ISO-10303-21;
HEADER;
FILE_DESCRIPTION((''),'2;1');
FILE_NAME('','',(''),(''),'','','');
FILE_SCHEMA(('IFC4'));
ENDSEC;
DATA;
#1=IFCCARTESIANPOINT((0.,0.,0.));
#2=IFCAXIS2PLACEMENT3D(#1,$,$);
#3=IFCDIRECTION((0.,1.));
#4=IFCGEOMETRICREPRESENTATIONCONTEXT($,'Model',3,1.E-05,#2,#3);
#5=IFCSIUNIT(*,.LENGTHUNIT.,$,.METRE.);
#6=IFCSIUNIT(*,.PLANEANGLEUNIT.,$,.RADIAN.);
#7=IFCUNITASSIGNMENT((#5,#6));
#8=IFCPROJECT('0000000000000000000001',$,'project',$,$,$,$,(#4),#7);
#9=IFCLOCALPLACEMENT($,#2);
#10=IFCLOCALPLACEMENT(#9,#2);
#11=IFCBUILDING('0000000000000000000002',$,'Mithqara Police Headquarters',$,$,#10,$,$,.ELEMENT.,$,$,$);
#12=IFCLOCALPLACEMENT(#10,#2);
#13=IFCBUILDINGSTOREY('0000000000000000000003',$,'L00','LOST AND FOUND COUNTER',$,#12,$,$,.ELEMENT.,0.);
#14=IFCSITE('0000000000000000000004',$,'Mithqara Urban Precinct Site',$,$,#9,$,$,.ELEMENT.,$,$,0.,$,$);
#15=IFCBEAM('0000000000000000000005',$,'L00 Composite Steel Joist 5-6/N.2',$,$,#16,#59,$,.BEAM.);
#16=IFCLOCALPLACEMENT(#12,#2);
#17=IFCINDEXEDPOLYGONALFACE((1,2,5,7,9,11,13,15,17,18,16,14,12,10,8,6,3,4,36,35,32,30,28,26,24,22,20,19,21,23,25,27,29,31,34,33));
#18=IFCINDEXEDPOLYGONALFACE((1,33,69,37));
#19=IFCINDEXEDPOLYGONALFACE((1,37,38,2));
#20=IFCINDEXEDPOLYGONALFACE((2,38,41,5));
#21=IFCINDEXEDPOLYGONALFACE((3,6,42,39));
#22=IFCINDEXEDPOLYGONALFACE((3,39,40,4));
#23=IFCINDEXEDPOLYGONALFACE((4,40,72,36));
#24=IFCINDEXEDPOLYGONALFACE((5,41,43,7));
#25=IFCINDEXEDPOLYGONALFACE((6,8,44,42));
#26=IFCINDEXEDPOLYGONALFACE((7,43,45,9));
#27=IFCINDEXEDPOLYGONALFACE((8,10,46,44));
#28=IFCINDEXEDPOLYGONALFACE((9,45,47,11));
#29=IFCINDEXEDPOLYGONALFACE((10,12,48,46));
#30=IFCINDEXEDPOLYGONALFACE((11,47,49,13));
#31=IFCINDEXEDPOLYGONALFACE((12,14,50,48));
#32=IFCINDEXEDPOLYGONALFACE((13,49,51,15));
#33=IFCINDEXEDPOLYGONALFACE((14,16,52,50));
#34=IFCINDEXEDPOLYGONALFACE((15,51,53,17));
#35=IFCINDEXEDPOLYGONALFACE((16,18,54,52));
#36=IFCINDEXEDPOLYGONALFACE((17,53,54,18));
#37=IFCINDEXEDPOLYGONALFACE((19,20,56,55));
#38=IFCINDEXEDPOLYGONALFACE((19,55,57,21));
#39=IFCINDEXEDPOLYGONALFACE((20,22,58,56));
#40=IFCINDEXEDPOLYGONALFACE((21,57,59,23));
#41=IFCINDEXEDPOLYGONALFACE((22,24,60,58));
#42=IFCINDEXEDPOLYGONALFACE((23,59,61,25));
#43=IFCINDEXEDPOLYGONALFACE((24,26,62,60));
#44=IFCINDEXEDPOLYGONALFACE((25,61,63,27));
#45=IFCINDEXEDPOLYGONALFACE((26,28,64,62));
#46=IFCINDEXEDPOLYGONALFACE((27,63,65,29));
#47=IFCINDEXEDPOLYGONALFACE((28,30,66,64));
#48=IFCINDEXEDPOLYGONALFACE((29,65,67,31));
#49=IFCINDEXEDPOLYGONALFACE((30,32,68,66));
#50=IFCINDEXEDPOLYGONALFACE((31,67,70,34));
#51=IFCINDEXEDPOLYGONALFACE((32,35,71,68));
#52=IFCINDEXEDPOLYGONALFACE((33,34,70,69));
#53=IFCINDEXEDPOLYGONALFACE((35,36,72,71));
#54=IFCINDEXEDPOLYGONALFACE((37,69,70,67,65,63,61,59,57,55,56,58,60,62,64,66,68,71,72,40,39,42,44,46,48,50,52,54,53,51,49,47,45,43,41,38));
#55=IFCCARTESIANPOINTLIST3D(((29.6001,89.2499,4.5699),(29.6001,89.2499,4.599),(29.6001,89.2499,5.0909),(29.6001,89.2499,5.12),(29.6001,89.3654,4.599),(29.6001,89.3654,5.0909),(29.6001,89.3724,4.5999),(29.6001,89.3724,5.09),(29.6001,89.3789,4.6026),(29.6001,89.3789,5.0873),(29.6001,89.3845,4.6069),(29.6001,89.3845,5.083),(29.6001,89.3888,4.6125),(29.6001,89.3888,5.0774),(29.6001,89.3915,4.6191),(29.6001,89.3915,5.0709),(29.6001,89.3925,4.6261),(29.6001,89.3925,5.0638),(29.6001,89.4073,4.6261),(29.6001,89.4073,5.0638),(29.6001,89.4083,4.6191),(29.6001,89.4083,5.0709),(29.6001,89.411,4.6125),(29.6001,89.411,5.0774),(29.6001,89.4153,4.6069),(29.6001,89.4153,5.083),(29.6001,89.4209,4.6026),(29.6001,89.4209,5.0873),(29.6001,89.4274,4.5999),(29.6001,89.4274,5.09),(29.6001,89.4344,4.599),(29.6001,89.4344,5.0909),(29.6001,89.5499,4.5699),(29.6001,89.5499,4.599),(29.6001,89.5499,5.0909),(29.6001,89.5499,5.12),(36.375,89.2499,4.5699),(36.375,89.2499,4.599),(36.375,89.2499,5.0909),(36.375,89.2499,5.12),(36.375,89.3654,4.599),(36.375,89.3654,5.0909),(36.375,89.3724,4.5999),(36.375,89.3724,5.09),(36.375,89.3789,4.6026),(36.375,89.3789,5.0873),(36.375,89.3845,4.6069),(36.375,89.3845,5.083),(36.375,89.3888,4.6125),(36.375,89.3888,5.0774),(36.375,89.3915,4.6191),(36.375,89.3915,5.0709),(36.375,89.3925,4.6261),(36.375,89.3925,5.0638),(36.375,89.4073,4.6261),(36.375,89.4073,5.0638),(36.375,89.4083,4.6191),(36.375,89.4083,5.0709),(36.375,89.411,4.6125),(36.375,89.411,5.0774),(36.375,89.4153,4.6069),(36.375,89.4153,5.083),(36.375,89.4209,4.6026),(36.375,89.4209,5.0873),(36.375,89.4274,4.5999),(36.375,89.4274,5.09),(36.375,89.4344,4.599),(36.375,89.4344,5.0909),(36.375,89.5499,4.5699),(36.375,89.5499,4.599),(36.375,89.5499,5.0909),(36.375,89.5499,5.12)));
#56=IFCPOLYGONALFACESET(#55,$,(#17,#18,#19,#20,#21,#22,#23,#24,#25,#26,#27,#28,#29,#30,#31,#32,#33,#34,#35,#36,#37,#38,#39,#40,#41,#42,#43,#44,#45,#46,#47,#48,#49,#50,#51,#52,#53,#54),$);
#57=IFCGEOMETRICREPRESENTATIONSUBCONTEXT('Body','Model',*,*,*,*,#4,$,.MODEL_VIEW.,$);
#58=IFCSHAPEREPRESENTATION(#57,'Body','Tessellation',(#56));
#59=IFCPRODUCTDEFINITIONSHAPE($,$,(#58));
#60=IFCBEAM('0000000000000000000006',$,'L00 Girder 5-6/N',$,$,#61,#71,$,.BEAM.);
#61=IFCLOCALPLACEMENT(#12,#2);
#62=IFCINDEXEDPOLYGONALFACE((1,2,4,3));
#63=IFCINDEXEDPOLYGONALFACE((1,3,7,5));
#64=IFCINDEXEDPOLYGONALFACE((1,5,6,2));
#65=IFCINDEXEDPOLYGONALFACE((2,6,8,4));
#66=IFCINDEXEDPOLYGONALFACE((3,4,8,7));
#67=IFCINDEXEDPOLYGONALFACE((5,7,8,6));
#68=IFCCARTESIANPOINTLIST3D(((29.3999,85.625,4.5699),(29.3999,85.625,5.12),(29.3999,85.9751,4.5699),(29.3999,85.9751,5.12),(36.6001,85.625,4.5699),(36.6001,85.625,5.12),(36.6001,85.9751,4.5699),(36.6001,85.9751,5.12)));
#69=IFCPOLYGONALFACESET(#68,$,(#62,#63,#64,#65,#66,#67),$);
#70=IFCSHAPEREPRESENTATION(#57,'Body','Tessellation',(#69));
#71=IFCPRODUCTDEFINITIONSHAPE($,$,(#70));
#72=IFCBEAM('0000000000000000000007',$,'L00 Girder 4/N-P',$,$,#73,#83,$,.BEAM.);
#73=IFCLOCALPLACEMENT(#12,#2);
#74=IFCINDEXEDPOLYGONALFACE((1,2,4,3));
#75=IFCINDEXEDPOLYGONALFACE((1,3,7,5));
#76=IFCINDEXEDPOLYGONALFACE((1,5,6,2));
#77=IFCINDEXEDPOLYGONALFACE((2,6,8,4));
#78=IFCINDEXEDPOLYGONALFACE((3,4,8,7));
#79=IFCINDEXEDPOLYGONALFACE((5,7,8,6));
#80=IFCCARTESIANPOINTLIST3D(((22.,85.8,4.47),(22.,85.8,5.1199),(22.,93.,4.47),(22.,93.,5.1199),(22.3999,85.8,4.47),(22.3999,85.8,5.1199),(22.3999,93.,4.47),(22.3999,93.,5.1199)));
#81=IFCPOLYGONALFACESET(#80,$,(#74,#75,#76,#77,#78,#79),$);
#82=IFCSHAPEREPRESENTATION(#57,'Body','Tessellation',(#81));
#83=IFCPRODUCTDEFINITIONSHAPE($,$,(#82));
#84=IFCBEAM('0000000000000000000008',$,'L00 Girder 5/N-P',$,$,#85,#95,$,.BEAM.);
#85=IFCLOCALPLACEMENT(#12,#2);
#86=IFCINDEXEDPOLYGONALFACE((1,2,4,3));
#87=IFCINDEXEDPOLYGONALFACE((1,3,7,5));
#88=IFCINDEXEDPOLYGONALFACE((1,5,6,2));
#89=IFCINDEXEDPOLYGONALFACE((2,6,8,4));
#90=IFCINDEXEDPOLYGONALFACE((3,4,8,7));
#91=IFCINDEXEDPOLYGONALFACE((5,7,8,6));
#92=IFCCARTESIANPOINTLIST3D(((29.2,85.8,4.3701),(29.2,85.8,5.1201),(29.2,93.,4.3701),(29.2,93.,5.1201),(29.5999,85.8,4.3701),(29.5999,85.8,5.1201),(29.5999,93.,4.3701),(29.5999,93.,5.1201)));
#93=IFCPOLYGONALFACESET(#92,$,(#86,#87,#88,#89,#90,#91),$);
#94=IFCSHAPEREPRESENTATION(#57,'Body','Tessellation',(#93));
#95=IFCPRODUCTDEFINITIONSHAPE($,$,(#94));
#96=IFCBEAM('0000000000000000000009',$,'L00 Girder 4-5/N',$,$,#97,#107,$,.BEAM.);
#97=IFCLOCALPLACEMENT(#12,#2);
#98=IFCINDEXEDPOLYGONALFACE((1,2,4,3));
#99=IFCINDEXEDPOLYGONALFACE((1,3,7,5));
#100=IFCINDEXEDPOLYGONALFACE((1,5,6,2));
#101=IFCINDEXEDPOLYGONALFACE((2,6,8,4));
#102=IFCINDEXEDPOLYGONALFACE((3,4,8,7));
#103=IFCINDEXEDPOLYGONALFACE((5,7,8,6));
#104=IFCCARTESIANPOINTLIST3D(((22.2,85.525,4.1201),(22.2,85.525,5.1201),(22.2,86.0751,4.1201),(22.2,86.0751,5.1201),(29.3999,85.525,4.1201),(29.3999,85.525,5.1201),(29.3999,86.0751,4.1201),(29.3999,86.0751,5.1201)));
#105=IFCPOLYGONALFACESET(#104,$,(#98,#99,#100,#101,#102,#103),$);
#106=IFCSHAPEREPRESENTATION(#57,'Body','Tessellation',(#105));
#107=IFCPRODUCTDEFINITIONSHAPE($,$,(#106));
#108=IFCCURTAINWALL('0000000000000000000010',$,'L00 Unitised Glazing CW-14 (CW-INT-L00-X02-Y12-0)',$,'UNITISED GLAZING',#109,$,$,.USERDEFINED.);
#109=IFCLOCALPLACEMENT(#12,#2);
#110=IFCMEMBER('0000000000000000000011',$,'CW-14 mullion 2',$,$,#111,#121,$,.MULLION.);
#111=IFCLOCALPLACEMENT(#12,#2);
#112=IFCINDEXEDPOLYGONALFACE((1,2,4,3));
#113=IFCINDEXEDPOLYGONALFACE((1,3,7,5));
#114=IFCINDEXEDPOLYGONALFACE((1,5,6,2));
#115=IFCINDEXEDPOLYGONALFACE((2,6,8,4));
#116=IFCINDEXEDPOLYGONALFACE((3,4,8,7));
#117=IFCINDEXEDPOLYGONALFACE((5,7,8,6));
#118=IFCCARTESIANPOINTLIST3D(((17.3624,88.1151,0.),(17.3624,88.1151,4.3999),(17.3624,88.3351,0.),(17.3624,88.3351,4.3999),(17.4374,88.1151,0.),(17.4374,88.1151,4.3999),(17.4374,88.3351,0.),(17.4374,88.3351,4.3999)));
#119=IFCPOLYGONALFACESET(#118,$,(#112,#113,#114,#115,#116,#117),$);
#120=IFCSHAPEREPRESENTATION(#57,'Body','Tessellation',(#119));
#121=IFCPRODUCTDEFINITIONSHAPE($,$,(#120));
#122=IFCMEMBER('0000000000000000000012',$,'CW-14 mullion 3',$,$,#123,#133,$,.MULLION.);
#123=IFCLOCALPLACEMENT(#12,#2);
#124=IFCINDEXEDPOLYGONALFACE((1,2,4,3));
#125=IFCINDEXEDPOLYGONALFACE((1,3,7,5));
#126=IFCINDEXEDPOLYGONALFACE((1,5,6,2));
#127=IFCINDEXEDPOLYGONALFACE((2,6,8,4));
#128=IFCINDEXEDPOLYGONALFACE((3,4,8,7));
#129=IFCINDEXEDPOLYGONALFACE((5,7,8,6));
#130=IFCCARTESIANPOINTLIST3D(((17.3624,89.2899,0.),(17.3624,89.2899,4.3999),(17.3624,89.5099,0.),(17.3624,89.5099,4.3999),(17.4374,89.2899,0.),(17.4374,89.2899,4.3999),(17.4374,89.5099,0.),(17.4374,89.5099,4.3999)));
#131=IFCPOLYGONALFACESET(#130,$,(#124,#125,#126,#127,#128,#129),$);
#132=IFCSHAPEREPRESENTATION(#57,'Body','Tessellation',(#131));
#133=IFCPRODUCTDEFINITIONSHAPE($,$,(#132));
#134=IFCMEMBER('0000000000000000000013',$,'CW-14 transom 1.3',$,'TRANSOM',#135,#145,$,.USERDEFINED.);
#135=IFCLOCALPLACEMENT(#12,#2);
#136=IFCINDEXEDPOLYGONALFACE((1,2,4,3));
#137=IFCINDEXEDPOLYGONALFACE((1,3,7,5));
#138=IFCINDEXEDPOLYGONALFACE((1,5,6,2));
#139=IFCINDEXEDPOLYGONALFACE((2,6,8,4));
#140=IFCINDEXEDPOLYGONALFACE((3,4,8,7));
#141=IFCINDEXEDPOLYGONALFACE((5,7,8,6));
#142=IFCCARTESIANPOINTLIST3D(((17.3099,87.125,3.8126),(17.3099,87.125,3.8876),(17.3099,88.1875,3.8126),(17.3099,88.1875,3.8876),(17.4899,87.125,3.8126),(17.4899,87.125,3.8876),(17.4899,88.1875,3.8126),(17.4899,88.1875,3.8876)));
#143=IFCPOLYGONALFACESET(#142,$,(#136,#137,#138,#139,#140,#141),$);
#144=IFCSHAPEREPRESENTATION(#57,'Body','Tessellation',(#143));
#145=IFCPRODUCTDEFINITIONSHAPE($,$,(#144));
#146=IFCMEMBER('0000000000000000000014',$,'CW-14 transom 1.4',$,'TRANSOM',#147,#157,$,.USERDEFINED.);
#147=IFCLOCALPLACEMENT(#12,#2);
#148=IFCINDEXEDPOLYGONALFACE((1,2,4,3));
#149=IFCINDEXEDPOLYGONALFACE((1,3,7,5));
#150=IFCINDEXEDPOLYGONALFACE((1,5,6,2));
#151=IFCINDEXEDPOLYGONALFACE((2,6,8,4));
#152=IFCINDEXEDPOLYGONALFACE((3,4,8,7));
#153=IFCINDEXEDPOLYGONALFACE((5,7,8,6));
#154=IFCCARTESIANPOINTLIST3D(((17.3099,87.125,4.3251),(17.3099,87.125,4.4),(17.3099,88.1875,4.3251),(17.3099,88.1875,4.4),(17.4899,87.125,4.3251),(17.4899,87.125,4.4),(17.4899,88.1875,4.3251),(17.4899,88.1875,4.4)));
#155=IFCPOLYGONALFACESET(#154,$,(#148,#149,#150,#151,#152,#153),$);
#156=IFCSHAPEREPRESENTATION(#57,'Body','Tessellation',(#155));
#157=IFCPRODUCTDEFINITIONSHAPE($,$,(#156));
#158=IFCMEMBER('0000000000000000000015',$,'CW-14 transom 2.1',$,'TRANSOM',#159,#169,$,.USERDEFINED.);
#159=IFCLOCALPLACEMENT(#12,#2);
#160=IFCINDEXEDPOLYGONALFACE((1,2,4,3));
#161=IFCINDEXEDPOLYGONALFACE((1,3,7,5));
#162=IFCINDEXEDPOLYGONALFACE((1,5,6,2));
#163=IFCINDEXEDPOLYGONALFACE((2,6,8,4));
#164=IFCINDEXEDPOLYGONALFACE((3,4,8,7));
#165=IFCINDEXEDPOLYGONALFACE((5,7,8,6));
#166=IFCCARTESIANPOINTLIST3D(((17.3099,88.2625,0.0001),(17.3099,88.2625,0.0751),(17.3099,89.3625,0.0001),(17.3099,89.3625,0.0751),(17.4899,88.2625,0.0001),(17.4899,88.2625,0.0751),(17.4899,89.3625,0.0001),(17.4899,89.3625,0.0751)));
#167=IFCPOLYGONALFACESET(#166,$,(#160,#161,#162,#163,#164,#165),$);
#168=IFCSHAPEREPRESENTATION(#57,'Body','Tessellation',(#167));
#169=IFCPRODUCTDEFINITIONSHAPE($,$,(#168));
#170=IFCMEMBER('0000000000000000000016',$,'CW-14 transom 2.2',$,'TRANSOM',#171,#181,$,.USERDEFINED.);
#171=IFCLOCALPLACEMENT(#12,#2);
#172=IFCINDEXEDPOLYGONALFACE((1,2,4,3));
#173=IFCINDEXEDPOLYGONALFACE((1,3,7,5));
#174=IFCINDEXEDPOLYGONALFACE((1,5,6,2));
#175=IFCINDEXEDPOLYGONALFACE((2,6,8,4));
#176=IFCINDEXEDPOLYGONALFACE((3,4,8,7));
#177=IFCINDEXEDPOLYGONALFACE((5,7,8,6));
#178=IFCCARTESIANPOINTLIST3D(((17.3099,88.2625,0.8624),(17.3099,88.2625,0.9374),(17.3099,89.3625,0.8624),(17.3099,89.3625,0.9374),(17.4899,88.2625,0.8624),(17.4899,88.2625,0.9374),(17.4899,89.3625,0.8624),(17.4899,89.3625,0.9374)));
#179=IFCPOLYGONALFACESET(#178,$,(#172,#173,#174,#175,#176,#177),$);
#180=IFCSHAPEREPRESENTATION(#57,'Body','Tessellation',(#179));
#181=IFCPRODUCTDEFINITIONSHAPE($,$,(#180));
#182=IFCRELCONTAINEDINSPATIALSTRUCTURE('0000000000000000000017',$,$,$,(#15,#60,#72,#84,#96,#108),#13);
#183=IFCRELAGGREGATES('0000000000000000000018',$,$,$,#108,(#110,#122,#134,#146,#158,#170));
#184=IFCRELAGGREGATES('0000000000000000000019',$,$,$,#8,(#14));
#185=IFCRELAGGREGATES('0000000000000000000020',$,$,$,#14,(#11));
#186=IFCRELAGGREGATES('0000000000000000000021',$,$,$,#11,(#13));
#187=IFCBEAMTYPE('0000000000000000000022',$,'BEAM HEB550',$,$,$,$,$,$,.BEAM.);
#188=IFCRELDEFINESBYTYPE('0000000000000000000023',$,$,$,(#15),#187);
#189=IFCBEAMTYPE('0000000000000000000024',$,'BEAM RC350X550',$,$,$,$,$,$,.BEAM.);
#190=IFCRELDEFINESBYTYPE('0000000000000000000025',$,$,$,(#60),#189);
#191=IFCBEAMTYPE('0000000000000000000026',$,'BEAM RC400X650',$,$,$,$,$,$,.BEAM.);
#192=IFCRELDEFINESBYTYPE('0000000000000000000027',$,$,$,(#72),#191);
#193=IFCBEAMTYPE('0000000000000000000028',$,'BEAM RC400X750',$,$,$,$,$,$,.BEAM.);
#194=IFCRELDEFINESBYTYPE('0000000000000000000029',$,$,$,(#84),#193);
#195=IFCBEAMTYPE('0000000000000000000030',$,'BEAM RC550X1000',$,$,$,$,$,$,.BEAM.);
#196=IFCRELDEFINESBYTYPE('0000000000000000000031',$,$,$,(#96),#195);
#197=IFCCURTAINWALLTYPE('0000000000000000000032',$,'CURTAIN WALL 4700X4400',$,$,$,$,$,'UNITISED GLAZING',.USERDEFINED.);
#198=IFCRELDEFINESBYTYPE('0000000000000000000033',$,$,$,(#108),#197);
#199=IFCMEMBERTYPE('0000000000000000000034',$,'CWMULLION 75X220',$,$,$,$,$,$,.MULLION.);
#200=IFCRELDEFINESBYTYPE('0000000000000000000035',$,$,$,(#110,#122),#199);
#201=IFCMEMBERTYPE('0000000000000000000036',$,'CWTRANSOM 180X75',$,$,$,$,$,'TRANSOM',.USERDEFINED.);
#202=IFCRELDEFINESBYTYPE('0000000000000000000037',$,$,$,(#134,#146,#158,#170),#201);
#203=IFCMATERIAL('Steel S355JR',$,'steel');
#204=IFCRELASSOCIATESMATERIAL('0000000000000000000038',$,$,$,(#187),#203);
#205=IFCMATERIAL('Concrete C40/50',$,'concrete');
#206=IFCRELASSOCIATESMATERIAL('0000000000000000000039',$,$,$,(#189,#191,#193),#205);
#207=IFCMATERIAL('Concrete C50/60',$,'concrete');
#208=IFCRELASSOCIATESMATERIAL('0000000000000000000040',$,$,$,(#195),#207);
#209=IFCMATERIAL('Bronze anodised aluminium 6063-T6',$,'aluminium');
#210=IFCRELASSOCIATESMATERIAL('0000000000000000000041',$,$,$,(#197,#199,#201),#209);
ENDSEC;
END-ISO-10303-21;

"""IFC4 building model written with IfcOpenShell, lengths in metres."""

from ifc_helpers import new_model, si_unit, direction, frame, origin, origin_2d, place, context, subcontext, project, spatial, rectangle, i_section, extrude, material, material_profile, profile_set, type_object, element, aggregate, save


model = new_model("IFC4")

# Units and contexts
model_context = context("Model", 3, precision=1e-05, world=origin(), true_north=direction((0.0, 1.0)))
body_context = subcontext(model_context, "Body", "Model", "MODEL_VIEW")
ifc_project = project(units=[si_unit("LENGTHUNIT", "METRE"), si_unit("PLANEANGLEUNIT", "RADIAN")], contexts=[model_context])

# Site, building, storey
site_placement = place(None, origin())
site = spatial("IfcSite", under=ifc_project, at=site_placement, Name="Mithqara Urban Precinct Site", CompositionType="ELEMENT", RefElevation=0.0)
building_placement = place(site_placement, origin())
building = spatial("IfcBuilding", under=site, at=building_placement, Name="Mithqara Police Headquarters", CompositionType="ELEMENT")
storey_placement = place(building_placement, origin())
storey = spatial("IfcBuildingStorey", under=building, at=storey_placement, Name="L00", Description="LOST AND FOUND COUNTER", CompositionType="ELEMENT", Elevation=0.0)

# Shared definitions
ifc_material_1 = material(Name="Concrete C50/60", Category="concrete")

# Beams
ifc_material_2 = material(Name="Steel S355JR", Category="steel")
ifc_material_profile_1 = material_profile(ifc_material_2, i_section(OverallWidth=0.3, OverallDepth=0.55, WebThickness=0.0149, FlangeThickness=0.0291, FilletRadius=0.0271, at=origin_2d()), Name="HEB 550")
ifc_profile_set_1 = profile_set([ifc_material_profile_1], Name="Steel S355JR")
beam_type_1 = type_object("IfcBeamType", Name="BEAM HEB550", PredefinedType="BEAM", material=ifc_profile_set_1)
for number, where, z_axis, x_axis, name in (
    (1, (29.6001, 89.3999, 4.845), (1.0, 0.0, 0.0), (0.0, 1.0, 0.0), "L00 Composite Steel Joist 5-6/N.2"),
):
    element("IfcBeam", number, at=place(storey_placement, frame(where, z_axis=z_axis, x_axis=x_axis)), inside=storey, type_object=beam_type_1, Name=name, PredefinedType="BEAM", context=body_context, shape_type="SweptSolid", body=[
        extrude(i_section(OverallWidth=0.3, OverallDepth=0.55, WebThickness=0.0149, FlangeThickness=0.0291, FilletRadius=0.0271, at=origin_2d()), origin(), (0.0, 0.0, 1.0), 6.7749),
    ])
ifc_material_3 = material(Name="Concrete C40/50", Category="concrete")
ifc_material_profile_2 = material_profile(ifc_material_3, rectangle(XDim=0.3501, YDim=0.55, at=origin_2d()), Name="RC 350x550")
ifc_profile_set_2 = profile_set([ifc_material_profile_2], Name="Concrete C40/50")
beam_type_2 = type_object("IfcBeamType", Name="BEAM RC350X550", PredefinedType="BEAM", material=ifc_profile_set_2)
beam_1_placement = place(storey_placement, frame((29.3999, 85.8, 4.845), z_axis=(1.0, 0.0, 0.0), x_axis=(0.0, 1.0, 0.0)))
element("IfcBeam", 2, at=beam_1_placement, inside=storey, type_object=beam_type_2, Name="L00 Girder 5-6/N", PredefinedType="BEAM", context=body_context, shape_type="SweptSolid", body=[
    extrude(rectangle(XDim=0.3501, YDim=0.55, at=origin_2d()), origin(), (0.0, 0.0, 1.0), 7.2002),
])
ifc_material_profile_3 = material_profile(ifc_material_3, rectangle(XDim=0.3999, YDim=0.6499, at=origin_2d()), Name="RC 400x650")
ifc_profile_set_3 = profile_set([ifc_material_profile_3], Name="Concrete C40/50")
beam_type_3 = type_object("IfcBeamType", Name="BEAM RC400X650", PredefinedType="BEAM", material=ifc_profile_set_3)
beam_2_placement = place(storey_placement, frame((22.2, 85.8, 4.7949), z_axis=(0.0, 1.0, 0.0), x_axis=(-1.0, 0.0, 0.0)))
element("IfcBeam", 3, at=beam_2_placement, inside=storey, type_object=beam_type_3, Name="L00 Girder 4/N-P", PredefinedType="BEAM", context=body_context, shape_type="SweptSolid", body=[
    extrude(rectangle(XDim=0.3999, YDim=0.6499, at=origin_2d()), origin(), (0.0, 0.0, 1.0), 7.2),
])
ifc_material_profile_4 = material_profile(ifc_material_3, rectangle(XDim=0.3999, YDim=0.75, at=origin_2d()), Name="RC 400x750")
ifc_profile_set_4 = profile_set([ifc_material_profile_4], Name="Concrete C40/50")
beam_type_4 = type_object("IfcBeamType", Name="BEAM RC400X750", PredefinedType="BEAM", material=ifc_profile_set_4)
beam_3_placement = place(storey_placement, frame((29.3999, 85.8, 4.7451), z_axis=(0.0, 1.0, 0.0), x_axis=(-1.0, 0.0, 0.0)))
element("IfcBeam", 4, at=beam_3_placement, inside=storey, type_object=beam_type_4, Name="L00 Girder 5/N-P", PredefinedType="BEAM", context=body_context, shape_type="SweptSolid", body=[
    extrude(rectangle(XDim=0.3999, YDim=0.75, at=origin_2d()), origin(), (0.0, 0.0, 1.0), 7.2),
])
ifc_material_profile_5 = material_profile(ifc_material_1, rectangle(XDim=0.55, YDim=1.0, at=origin_2d()), Name="RC 550x1000")
ifc_profile_set_5 = profile_set([ifc_material_profile_5], Name="Concrete C50/60")
beam_type_5 = type_object("IfcBeamType", Name="BEAM RC550X1000", PredefinedType="BEAM", material=ifc_profile_set_5)
beam_4_placement = place(storey_placement, frame((22.2, 85.8, 4.6201), z_axis=(1.0, 0.0, 0.0), x_axis=(0.0, 1.0, 0.0)))
element("IfcBeam", 5, at=beam_4_placement, inside=storey, type_object=beam_type_5, Name="L00 Girder 4-5/N", PredefinedType="BEAM", context=body_context, shape_type="SweptSolid", body=[
    extrude(rectangle(XDim=0.55, YDim=1.0, at=origin_2d()), origin(), (0.0, 0.0, 1.0), 7.2),
])

# Curtain wall, members
ifc_material_4 = material(Name="Bronze anodised aluminium 6063-T6", Category="aluminium")
curtain_wall_type = type_object("IfcCurtainWallType", Name="CURTAIN WALL 4700X4400", ElementType="UNITISED GLAZING", PredefinedType="USERDEFINED", material=ifc_material_4)
curtain_wall_placement = place(storey_placement, origin())
curtain_wall = element("IfcCurtainWall", 6, at=curtain_wall_placement, inside=storey, type_object=curtain_wall_type, Name="L00 Unitised Glazing CW-14 (CW-INT-L00-X02-Y12-0)", ObjectType="UNITISED GLAZING", PredefinedType="USERDEFINED")
ifc_material_profile_6 = material_profile(ifc_material_4, rectangle(XDim=0.075, YDim=0.22, at=origin_2d()), Name="CWM 75x220")
ifc_profile_set_6 = profile_set([ifc_material_profile_6], Name="Bronze anodised aluminium 6063-T6")
member_type_1 = type_object("IfcMemberType", Name="CWMULLION 75X220", PredefinedType="MULLION", material=ifc_profile_set_6)
member_1_placement = place(storey_placement, frame((17.3999, 88.2251, 0.0), z_axis=(0.0, 0.0, 1.0), x_axis=(-1.0, 0.0, 0.0)))
member_1 = element("IfcMember", 7, at=member_1_placement, type_object=member_type_1, Name="CW-14 mullion 2", PredefinedType="MULLION", context=body_context, shape_type="SweptSolid", body=[
    extrude(rectangle(XDim=0.075, YDim=0.22, at=origin_2d()), origin(), (0.0, 0.0, 1.0), 4.3999),
])
member_2_placement = place(storey_placement, frame((17.3999, 89.3999, 0.0), z_axis=(0.0, 0.0, 1.0), x_axis=(-1.0, 0.0, 0.0)))
member_2 = element("IfcMember", 8, at=member_2_placement, type_object=member_type_1, Name="CW-14 mullion 3", PredefinedType="MULLION", context=body_context, shape_type="SweptSolid", body=[
    extrude(rectangle(XDim=0.075, YDim=0.22, at=origin_2d()), origin(), (0.0, 0.0, 1.0), 4.3999),
])
ifc_material_profile_7 = material_profile(ifc_material_4, rectangle(XDim=0.1799, YDim=0.075, at=origin_2d()), Name="CWT 180x75")
ifc_profile_set_7 = profile_set([ifc_material_profile_7], Name="Bronze anodised aluminium 6063-T6")
member_type_2 = type_object("IfcMemberType", Name="CWTRANSOM 180X75", ElementType="TRANSOM", PredefinedType="USERDEFINED", material=ifc_profile_set_7)
member_3_placement = place(storey_placement, frame((17.3999, 87.125, 3.8501), z_axis=(0.0, 1.0, 0.0), x_axis=(-1.0, 0.0, 0.0)))
member_3 = element("IfcMember", 9, at=member_3_placement, type_object=member_type_2, Name="CW-14 transom 1.3", ObjectType="TRANSOM", PredefinedType="USERDEFINED", context=body_context, shape_type="SweptSolid", body=[
    extrude(rectangle(XDim=0.1799, YDim=0.075, at=origin_2d()), origin(), (0.0, 0.0, 1.0), 1.0625),
])
member_4_placement = place(storey_placement, frame((17.3999, 87.125, 4.3625), z_axis=(0.0, 1.0, 0.0), x_axis=(-1.0, 0.0, 0.0)))
member_4 = element("IfcMember", 10, at=member_4_placement, type_object=member_type_2, Name="CW-14 transom 1.4", ObjectType="TRANSOM", PredefinedType="USERDEFINED", context=body_context, shape_type="SweptSolid", body=[
    extrude(rectangle(XDim=0.1799, YDim=0.075, at=origin_2d()), origin(), (0.0, 0.0, 1.0), 1.0625),
])
member_5_placement = place(storey_placement, frame((17.3999, 88.2625, 0.0376), z_axis=(0.0, 1.0, 0.0), x_axis=(-1.0, 0.0, 0.0)))
member_5 = element("IfcMember", 11, at=member_5_placement, type_object=member_type_2, Name="CW-14 transom 2.1", ObjectType="TRANSOM", PredefinedType="USERDEFINED", context=body_context, shape_type="SweptSolid", body=[
    extrude(rectangle(XDim=0.1799, YDim=0.075, at=origin_2d()), origin(), (0.0, 0.0, 1.0), 1.1001),
])
member_6_placement = place(storey_placement, frame((17.3999, 88.2625, 0.8999), z_axis=(0.0, 1.0, 0.0), x_axis=(-1.0, 0.0, 0.0)))
member_6 = element("IfcMember", 12, at=member_6_placement, type_object=member_type_2, Name="CW-14 transom 2.2", ObjectType="TRANSOM", PredefinedType="USERDEFINED", context=body_context, shape_type="SweptSolid", body=[
    extrude(rectangle(XDim=0.1799, YDim=0.075, at=origin_2d()), origin(), (0.0, 0.0, 1.0), 1.1001),
])
aggregate(curtain_wall, [member_1, member_2, member_3, member_4, member_5, member_6])

save(model, "model.ifc")
